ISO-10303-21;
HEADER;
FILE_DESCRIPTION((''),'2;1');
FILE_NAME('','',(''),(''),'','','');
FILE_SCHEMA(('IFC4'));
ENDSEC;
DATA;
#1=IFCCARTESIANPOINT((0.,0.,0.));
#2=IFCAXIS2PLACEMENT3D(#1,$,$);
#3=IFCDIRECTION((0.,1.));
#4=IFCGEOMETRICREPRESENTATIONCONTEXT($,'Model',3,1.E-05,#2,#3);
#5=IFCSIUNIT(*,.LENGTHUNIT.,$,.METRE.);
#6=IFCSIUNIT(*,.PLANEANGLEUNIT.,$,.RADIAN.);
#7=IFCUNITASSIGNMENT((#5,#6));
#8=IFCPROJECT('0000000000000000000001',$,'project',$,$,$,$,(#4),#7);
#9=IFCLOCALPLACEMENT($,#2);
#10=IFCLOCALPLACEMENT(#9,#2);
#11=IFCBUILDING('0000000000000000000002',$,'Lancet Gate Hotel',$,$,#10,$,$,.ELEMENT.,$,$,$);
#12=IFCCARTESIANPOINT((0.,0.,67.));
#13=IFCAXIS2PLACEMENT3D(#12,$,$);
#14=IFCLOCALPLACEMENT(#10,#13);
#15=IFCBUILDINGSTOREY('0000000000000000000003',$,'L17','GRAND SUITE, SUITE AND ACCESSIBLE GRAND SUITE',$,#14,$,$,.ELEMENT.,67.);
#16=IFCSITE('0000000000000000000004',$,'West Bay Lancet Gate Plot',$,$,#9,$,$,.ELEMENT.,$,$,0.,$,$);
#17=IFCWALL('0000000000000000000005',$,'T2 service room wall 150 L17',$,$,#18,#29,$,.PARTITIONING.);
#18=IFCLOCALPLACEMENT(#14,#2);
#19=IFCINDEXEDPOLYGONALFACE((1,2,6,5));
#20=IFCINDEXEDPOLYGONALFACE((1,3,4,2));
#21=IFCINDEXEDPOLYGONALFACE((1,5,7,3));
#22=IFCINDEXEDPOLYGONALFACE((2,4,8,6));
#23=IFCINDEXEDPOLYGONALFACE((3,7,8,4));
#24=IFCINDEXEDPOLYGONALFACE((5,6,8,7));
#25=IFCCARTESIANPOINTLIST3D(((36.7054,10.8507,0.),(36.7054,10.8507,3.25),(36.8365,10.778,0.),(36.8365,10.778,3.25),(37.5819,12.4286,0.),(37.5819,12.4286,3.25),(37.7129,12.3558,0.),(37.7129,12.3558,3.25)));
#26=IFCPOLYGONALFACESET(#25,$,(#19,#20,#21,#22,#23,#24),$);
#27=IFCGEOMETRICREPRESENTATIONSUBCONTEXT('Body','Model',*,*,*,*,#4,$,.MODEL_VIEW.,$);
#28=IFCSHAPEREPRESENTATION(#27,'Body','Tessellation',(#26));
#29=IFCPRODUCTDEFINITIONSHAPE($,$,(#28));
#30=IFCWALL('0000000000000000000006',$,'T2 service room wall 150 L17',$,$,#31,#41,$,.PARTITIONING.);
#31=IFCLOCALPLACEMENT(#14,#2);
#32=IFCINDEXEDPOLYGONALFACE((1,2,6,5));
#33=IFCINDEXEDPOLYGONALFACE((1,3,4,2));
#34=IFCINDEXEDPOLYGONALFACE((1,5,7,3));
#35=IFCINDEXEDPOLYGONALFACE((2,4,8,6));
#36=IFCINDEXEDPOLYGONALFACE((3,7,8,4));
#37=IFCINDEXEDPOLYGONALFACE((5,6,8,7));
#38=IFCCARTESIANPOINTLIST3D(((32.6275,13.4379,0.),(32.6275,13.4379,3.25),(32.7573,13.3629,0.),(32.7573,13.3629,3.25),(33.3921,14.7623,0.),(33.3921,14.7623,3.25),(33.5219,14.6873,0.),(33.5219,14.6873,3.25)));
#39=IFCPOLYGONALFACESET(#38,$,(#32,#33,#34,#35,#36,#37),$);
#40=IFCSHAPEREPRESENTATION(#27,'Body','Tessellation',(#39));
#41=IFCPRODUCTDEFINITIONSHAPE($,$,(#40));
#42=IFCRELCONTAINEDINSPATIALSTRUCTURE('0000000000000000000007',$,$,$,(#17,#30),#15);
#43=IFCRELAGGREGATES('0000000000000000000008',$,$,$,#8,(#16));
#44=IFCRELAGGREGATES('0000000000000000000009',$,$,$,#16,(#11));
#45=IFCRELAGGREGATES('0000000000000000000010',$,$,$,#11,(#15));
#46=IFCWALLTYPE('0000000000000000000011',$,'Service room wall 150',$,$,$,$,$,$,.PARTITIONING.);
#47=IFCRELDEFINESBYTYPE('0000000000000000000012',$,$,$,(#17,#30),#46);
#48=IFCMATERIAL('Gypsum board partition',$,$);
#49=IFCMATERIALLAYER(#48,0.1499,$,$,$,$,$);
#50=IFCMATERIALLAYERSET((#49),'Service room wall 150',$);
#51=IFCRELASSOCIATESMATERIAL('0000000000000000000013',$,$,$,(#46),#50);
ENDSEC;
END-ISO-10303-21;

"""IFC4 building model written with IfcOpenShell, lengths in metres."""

from ifc_helpers import new_model, si_unit, direction, frame, frame_2d, origin, place, context, subcontext, project, spatial, rectangle, extrude, material, layer, layer_set, type_object, element, save


model = new_model("IFC4")

# Units and contexts
model_context = context("Model", 3, precision=1e-05, world=origin(), true_north=direction((0.0, 1.0)))
body_context = subcontext(model_context, "Body", "Model", "MODEL_VIEW")
ifc_project = project(units=[si_unit("LENGTHUNIT", "METRE"), si_unit("PLANEANGLEUNIT", "RADIAN")], contexts=[model_context])

# Site, building, storey
site_placement = place(None, origin())
site = spatial("IfcSite", under=ifc_project, at=site_placement, Name="West Bay Lancet Gate Plot", CompositionType="ELEMENT", RefElevation=0.0)
building_placement = place(site_placement, origin())
building = spatial("IfcBuilding", under=site, at=building_placement, Name="Lancet Gate Hotel", CompositionType="ELEMENT")
storey_placement = place(building_placement, frame((0.0, 0.0, 67.0)))
storey = spatial("IfcBuildingStorey", under=building, at=storey_placement, Name="L17", Description="GRAND SUITE, SUITE AND ACCESSIBLE GRAND SUITE", CompositionType="ELEMENT", Elevation=67.0)

# Walls
ifc_material_1 = material(Name="Gypsum board partition")
ifc_layer_1 = layer(ifc_material_1, 0.1499)
ifc_layer_set_1 = layer_set([ifc_layer_1], Name="Service room wall 150")
wall_type_1 = type_object("IfcWallType", Name="Service room wall 150", PredefinedType="PARTITIONING", material=ifc_layer_set_1)
wall_1_placement = place(storey_placement, frame((36.771, 10.8145, 0.0), z_axis=(0.0, 0.0, 1.0), x_axis=(0.485586, 0.874189, 0.0)))
element("IfcWall", 1, at=wall_1_placement, inside=storey, type_object=wall_type_1, Name="T2 service room wall 150 L17", PredefinedType="PARTITIONING", context=body_context, shape_type="SweptSolid", body=[
    extrude(rectangle(XDim=1.8049, YDim=0.1499, at=frame_2d((0.9023, 0.0))), origin(), (0.0, 0.0, 1.0), 3.25),
])
wall_2_placement = place(storey_placement, frame((32.6924, 13.4004, 0.0), z_axis=(0.0, 0.0, 1.0), x_axis=(0.499985, 0.866034, 0.0)))
element("IfcWall", 2, at=wall_2_placement, inside=storey, type_object=wall_type_1, Name="T2 service room wall 150 L17", PredefinedType="PARTITIONING", context=body_context, shape_type="SweptSolid", body=[
    extrude(rectangle(XDim=1.5293, YDim=0.1499, at=frame_2d((0.7646, 0.0))), origin(), (0.0, 0.0, 1.0), 3.25),
])

save(model, "model.ifc")
